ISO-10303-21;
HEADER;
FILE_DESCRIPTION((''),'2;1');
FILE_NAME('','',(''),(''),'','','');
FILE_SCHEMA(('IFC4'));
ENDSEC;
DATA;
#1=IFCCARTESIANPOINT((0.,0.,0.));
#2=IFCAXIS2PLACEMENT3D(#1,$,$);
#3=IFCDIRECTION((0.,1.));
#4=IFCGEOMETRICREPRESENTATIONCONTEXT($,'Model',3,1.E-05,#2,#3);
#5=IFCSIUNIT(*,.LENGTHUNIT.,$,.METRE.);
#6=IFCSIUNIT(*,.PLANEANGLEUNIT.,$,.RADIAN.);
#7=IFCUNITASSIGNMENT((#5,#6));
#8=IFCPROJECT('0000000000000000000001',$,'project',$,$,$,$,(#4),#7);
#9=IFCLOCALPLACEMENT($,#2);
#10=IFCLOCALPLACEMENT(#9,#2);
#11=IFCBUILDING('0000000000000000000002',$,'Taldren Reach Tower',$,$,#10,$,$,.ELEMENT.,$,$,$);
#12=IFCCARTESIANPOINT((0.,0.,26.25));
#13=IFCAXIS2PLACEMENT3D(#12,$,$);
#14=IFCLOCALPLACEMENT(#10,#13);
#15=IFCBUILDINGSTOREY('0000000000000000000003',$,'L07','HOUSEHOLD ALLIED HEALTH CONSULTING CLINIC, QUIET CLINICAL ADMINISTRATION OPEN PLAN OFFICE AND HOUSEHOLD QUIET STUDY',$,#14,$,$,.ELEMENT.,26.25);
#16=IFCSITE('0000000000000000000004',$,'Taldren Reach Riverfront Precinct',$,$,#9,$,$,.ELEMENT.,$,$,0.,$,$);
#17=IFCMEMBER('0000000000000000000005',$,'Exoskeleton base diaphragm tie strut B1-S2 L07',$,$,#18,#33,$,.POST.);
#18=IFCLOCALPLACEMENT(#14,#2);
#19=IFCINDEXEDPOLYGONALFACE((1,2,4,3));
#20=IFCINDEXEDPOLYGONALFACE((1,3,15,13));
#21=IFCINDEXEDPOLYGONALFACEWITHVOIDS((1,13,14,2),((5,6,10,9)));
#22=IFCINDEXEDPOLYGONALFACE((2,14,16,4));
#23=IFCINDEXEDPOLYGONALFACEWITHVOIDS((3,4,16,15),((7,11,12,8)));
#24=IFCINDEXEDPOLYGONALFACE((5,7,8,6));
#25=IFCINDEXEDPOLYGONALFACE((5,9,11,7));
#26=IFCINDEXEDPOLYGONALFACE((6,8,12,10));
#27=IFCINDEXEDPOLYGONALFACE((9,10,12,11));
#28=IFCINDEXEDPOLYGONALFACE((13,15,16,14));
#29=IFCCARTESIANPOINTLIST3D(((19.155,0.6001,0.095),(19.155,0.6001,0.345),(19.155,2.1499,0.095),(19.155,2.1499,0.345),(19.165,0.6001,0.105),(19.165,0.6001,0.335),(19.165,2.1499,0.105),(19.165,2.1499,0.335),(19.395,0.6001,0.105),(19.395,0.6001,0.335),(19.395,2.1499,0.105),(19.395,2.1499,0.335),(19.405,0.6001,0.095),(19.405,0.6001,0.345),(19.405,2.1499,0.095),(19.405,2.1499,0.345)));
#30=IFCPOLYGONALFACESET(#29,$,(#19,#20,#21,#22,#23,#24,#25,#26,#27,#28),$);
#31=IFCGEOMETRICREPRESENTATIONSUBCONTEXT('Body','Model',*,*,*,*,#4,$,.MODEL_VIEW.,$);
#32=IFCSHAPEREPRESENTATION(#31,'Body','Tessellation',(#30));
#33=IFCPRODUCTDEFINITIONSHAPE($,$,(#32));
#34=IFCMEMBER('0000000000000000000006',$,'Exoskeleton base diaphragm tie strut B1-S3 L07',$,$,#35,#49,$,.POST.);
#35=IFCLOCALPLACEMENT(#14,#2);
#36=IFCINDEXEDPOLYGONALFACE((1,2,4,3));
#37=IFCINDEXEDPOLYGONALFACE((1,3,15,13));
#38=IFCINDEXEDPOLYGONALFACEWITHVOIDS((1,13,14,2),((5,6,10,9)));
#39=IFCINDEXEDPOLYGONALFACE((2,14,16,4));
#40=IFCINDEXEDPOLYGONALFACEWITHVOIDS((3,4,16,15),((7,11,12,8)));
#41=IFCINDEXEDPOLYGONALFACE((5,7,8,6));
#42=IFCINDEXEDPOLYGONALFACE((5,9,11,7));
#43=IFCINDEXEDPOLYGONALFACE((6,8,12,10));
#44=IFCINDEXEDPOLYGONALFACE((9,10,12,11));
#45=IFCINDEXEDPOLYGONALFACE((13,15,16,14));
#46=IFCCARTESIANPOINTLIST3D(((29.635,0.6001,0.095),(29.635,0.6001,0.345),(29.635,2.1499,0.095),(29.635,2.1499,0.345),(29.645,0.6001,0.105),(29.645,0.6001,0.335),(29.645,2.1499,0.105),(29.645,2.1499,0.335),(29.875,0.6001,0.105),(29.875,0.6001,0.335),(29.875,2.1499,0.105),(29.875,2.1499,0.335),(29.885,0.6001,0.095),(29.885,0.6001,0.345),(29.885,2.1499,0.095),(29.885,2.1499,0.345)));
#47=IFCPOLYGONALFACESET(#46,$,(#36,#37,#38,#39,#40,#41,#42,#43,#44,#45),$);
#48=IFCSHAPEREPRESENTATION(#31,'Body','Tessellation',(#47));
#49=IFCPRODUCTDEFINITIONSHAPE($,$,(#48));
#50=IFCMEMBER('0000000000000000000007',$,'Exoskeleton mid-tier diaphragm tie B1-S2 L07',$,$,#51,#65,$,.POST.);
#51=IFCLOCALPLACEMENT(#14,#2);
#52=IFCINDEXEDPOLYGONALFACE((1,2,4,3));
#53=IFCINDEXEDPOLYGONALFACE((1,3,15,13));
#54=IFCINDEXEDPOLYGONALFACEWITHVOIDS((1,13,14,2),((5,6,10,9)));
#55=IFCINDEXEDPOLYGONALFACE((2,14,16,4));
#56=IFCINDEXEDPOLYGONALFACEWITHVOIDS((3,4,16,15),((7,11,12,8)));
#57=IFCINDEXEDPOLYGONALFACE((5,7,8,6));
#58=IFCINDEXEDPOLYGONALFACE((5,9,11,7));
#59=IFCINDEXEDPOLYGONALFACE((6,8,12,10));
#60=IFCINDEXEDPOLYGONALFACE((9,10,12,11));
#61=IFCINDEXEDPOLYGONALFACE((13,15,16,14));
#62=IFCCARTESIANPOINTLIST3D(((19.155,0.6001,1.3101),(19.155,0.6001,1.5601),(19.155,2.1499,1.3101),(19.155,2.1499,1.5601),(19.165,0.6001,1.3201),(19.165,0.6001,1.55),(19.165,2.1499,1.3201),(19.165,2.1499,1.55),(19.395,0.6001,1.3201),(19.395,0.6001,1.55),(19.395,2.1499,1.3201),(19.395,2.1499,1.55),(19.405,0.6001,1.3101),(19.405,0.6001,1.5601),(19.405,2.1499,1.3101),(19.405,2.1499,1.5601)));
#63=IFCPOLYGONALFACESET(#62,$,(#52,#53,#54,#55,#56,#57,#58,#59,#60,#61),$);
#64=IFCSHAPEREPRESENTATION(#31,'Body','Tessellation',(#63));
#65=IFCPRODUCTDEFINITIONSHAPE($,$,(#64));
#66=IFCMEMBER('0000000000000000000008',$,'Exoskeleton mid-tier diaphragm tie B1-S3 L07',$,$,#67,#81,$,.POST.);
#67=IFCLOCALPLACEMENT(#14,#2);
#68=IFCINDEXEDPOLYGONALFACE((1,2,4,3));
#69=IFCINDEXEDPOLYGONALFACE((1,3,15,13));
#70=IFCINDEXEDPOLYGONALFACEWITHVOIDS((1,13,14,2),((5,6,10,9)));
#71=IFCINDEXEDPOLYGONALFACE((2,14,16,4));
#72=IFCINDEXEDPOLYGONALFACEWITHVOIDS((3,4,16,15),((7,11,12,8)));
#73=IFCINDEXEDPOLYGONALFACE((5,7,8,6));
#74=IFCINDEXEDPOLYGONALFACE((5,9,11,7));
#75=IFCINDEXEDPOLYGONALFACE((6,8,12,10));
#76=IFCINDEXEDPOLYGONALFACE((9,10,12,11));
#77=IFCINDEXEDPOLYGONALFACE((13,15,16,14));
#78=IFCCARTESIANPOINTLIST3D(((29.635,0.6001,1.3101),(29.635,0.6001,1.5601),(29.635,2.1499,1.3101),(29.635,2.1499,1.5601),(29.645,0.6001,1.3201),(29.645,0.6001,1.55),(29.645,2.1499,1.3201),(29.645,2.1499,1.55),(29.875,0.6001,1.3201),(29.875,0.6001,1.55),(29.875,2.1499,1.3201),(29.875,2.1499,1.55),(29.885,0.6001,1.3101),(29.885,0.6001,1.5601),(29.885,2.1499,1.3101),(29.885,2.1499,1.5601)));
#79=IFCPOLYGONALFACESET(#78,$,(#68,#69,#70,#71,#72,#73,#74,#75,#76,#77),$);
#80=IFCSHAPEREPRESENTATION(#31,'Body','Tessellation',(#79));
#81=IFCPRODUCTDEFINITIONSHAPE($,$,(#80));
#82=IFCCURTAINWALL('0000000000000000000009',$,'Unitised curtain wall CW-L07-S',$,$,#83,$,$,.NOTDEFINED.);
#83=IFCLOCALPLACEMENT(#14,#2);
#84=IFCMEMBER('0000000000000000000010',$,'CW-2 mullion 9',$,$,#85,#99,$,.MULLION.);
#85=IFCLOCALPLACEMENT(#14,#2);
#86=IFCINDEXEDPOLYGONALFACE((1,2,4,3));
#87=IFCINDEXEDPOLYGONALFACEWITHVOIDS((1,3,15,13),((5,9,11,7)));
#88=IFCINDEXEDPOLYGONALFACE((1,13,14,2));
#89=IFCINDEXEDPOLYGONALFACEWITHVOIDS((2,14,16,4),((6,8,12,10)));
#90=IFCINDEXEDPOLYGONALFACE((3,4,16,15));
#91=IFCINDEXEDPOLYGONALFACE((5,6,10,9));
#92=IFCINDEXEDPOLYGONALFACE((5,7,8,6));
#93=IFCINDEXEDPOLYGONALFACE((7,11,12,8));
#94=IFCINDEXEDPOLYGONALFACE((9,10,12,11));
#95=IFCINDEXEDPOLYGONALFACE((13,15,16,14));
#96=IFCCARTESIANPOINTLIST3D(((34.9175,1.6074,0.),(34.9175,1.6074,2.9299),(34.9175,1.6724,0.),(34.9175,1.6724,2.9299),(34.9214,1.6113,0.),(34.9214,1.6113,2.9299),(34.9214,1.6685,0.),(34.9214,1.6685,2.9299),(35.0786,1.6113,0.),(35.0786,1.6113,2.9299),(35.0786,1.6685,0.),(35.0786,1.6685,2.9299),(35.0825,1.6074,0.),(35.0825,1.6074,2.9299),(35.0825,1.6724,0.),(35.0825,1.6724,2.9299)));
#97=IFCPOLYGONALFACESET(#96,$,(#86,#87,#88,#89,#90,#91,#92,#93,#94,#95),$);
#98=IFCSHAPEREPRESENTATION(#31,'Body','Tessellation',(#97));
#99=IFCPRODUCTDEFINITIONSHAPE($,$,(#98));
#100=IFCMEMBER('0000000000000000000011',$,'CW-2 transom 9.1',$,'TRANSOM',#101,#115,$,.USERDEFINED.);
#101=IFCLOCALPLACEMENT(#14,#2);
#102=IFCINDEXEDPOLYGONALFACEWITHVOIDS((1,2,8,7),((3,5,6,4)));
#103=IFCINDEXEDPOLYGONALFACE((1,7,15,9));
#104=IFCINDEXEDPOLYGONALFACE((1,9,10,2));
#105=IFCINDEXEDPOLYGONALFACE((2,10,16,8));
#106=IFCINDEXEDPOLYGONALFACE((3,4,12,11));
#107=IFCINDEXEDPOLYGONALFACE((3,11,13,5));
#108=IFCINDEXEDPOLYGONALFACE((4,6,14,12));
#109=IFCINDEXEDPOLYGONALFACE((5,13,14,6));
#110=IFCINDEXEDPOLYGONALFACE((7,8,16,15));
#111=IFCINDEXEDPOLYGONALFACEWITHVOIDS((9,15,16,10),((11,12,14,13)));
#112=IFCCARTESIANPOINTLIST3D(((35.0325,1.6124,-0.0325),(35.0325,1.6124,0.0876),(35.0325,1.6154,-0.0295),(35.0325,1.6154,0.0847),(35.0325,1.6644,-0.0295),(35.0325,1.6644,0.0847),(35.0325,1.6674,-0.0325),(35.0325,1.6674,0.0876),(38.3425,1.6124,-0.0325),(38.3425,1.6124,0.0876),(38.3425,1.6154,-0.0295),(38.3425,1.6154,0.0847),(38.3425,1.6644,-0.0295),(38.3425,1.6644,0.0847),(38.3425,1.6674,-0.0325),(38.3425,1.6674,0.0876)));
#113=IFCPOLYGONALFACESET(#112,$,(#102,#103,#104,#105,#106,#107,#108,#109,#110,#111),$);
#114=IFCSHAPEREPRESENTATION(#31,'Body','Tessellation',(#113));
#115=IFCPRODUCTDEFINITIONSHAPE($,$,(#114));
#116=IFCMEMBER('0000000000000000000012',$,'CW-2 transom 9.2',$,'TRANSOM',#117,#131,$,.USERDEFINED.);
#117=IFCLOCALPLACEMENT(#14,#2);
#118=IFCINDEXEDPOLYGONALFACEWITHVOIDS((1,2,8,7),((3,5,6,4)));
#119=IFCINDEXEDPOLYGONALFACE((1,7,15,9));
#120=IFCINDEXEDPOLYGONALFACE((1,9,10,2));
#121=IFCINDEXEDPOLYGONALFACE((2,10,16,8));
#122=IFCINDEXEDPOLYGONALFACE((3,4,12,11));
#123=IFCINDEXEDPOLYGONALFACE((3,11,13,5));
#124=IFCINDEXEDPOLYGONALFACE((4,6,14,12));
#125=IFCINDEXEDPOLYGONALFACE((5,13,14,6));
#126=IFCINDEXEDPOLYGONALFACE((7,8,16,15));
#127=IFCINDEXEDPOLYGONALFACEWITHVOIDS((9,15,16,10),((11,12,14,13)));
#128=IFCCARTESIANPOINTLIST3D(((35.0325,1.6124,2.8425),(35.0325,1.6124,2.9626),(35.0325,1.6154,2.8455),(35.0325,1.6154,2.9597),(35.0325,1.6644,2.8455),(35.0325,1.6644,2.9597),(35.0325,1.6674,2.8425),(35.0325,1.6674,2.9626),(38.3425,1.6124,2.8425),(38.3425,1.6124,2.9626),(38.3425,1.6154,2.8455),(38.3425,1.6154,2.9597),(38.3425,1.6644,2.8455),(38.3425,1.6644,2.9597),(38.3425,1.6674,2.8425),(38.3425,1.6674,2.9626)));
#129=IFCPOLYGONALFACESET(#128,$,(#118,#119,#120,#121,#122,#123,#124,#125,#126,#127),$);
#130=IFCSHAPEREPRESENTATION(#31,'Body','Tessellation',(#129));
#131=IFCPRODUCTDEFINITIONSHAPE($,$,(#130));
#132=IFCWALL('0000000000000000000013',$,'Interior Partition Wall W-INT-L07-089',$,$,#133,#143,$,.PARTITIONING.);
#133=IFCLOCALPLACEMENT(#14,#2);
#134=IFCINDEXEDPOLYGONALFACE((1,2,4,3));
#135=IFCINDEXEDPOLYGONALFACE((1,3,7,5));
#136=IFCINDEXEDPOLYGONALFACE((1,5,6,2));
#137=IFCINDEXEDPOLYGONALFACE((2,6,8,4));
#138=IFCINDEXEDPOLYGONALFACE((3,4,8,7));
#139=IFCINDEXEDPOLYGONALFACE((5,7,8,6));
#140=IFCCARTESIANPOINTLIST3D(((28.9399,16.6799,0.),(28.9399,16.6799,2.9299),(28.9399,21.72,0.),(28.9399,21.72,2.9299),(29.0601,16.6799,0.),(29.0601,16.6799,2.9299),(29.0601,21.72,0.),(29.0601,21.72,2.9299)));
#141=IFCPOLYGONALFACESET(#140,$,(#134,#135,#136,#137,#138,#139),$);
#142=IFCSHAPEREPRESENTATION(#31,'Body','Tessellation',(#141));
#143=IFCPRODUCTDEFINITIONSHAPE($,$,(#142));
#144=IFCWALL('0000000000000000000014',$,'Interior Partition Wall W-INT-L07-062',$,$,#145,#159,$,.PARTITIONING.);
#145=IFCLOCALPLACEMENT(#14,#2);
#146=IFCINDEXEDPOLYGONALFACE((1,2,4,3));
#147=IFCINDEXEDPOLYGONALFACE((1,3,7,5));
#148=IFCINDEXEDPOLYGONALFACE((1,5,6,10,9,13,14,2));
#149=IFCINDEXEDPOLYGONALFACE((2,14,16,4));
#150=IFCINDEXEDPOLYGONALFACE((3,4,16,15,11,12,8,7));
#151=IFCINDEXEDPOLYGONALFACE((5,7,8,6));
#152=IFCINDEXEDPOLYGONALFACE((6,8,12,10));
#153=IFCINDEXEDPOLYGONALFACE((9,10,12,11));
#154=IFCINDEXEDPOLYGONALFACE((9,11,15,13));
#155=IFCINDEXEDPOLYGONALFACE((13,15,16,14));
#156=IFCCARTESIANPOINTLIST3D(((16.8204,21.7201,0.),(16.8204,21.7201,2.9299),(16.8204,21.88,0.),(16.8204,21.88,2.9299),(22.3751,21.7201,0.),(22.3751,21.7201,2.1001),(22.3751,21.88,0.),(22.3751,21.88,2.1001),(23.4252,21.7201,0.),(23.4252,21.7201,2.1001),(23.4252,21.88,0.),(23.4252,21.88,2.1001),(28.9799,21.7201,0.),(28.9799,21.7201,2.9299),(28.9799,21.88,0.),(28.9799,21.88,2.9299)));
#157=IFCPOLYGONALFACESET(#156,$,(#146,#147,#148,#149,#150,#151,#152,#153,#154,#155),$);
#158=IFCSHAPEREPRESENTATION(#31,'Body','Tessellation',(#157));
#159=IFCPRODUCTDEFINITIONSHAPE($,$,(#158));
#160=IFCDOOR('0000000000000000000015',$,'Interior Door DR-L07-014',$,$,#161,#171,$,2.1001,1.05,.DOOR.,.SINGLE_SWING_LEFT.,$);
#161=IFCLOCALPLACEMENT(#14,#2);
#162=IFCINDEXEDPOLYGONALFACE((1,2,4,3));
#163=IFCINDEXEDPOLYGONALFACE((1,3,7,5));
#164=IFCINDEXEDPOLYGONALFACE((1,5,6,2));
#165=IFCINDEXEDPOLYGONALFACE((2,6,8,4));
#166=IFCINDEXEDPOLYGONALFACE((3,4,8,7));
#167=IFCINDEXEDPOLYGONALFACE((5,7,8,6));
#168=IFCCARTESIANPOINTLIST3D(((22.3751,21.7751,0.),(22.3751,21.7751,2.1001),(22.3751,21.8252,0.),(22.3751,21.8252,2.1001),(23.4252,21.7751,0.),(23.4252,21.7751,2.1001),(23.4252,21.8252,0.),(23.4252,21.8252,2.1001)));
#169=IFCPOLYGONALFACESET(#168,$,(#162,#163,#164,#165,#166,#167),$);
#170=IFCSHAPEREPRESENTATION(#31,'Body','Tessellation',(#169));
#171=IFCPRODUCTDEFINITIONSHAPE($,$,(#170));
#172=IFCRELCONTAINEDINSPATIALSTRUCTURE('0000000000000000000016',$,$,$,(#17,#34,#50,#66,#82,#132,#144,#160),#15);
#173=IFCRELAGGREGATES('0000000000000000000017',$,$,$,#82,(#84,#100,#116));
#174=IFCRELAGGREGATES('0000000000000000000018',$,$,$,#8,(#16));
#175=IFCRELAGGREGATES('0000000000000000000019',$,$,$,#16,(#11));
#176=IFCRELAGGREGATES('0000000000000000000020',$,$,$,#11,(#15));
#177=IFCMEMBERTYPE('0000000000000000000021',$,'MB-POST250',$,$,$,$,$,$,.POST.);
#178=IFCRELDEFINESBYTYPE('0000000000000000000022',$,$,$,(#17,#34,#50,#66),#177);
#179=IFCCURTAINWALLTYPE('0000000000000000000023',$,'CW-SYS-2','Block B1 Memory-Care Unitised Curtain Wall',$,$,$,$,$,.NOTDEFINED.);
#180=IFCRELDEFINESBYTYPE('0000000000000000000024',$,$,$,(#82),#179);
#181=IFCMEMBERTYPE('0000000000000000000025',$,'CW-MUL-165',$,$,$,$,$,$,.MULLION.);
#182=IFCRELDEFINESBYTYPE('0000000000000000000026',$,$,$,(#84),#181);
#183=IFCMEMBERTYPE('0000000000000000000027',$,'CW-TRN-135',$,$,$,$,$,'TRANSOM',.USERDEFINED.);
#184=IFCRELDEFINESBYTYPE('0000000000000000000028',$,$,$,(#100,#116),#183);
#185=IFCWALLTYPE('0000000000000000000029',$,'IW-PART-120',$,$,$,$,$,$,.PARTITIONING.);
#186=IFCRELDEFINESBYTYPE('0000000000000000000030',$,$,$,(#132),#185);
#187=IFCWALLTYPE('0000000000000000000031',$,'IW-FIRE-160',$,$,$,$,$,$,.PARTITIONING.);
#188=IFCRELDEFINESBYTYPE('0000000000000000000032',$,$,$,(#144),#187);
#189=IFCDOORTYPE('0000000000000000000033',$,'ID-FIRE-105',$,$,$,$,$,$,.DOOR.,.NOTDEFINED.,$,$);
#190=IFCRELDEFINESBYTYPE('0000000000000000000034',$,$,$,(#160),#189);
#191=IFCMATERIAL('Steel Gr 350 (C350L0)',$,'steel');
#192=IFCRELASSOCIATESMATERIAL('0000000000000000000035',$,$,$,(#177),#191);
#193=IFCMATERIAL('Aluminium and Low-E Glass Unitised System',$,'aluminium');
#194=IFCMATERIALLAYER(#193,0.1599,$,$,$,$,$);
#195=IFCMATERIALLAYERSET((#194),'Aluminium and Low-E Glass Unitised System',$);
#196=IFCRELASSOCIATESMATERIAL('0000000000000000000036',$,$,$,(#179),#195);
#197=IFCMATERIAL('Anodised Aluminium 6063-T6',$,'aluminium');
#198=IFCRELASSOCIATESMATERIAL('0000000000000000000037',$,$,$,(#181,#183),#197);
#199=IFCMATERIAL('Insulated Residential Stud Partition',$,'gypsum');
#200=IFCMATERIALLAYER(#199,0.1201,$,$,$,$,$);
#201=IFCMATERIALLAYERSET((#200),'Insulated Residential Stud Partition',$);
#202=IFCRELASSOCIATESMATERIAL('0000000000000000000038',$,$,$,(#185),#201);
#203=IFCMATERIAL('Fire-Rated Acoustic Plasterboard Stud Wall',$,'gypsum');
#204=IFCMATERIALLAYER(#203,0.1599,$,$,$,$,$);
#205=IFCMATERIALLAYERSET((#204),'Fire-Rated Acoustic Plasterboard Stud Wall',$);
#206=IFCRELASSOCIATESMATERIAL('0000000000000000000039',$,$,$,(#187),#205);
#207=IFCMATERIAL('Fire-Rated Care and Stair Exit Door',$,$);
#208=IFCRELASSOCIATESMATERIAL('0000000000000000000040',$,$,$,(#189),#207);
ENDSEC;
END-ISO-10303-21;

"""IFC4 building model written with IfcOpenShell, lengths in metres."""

from ifc_helpers import new_model, si_unit, direction, frame, frame_2d, origin, origin_2d, place, context, subcontext, project, spatial, rectangle, hollow_rectangle, extrude, source, transform, mapped, material, layer, layer_set, material_profile, profile_set, type_object, element, fill, aggregate, save


model = new_model("IFC4")

# Units and contexts
model_context = context("Model", 3, precision=1e-05, world=origin(), true_north=direction((0.0, 1.0)))
body_context = subcontext(model_context, "Body", "Model", "MODEL_VIEW")
ifc_project = project(units=[si_unit("LENGTHUNIT", "METRE"), si_unit("PLANEANGLEUNIT", "RADIAN")], contexts=[model_context])

# Site, building, storey
site_placement = place(None, origin())
site = spatial("IfcSite", under=ifc_project, at=site_placement, Name="Taldren Reach Riverfront Precinct", CompositionType="ELEMENT", RefElevation=0.0)
building_placement = place(site_placement, origin())
building = spatial("IfcBuilding", under=site, at=building_placement, Name="Taldren Reach Tower", CompositionType="ELEMENT")
storey_placement = place(building_placement, frame((0.0, 0.0, 26.25)))
storey = spatial("IfcBuildingStorey", under=building, at=storey_placement, Name="L07", Description="HOUSEHOLD ALLIED HEALTH CONSULTING CLINIC, QUIET CLINICAL ADMINISTRATION OPEN PLAN OFFICE AND HOUSEHOLD QUIET STUDY", CompositionType="ELEMENT", Elevation=26.25)

# Members
ifc_material_1 = material(Name="Steel Gr 350 (C350L0)", Category="steel")
ifc_material_profile_1 = material_profile(ifc_material_1, hollow_rectangle(XDim=0.25, YDim=0.25, WallThickness=0.01, at=origin_2d()), Name="250x250x10.0SHS")
ifc_profile_set_1 = profile_set([ifc_material_profile_1], Name="Steel Gr 350 (C350L0)")
member_type_1 = type_object("IfcMemberType", Name="MB-POST250", PredefinedType="POST", material=ifc_profile_set_1)
shared_shape_1 = source(origin(), body_context, "Body", "SweptSolid", [
    extrude(hollow_rectangle(XDim=0.25, YDim=0.25, WallThickness=0.01, at=origin_2d()), origin(), (0.0, 0.0, 1.0), 1.5498),
])
for number, where, z_axis, x_axis, name in (
    (1, (19.28, 2.1499, 0.22), (0.0, -1.0, 0.0), (1.0, 0.0, 0.0), "Exoskeleton base diaphragm tie strut B1-S2 L07"),
    (2, (29.76, 2.1499, 0.22), (0.0, -1.0, 0.0), (1.0, 0.0, 0.0), "Exoskeleton base diaphragm tie strut B1-S3 L07"),
    (3, (19.28, 2.1499, 1.4351), (0.0, -1.0, 0.0), (1.0, 0.0, 0.0), "Exoskeleton mid-tier diaphragm tie B1-S2 L07"),
    (4, (29.76, 2.1499, 1.4351), (0.0, -1.0, 0.0), (1.0, 0.0, 0.0), "Exoskeleton mid-tier diaphragm tie B1-S3 L07"),
):
    element("IfcMember", number, at=place(storey_placement, frame(where, z_axis=z_axis, x_axis=x_axis)), inside=storey, type_object=member_type_1, Name=name, PredefinedType="POST", context=body_context, shape_type="MappedRepresentation", body=[
        mapped(shared_shape_1, transform((0.0, 0.0, 0.0), scale=1.0)),
    ])

# Curtain wall, members
ifc_material_2 = material(Name="Aluminium and Low-E Glass Unitised System", Category="aluminium")
ifc_layer_1 = layer(ifc_material_2, 0.1599)
ifc_layer_set_1 = layer_set([ifc_layer_1], Name="Aluminium and Low-E Glass Unitised System")
curtain_wall_type = type_object("IfcCurtainWallType", Name="CW-SYS-2", Description="Block B1 Memory-Care Unitised Curtain Wall", PredefinedType="NOTDEFINED", material=ifc_layer_set_1)
curtain_wall_placement = place(storey_placement, origin())
curtain_wall = element("IfcCurtainWall", 5, at=curtain_wall_placement, inside=storey, type_object=curtain_wall_type, Name="Unitised curtain wall CW-L07-S", PredefinedType="NOTDEFINED")
ifc_material_3 = material(Name="Anodised Aluminium 6063-T6", Category="aluminium")
ifc_material_profile_2 = material_profile(ifc_material_3, hollow_rectangle(XDim=0.0649, YDim=0.165, WallThickness=0.0039, at=origin_2d()), Name="ALU-165x65x4RHS")
ifc_profile_set_2 = profile_set([ifc_material_profile_2], Name="Anodised Aluminium 6063-T6")
member_type_2 = type_object("IfcMemberType", Name="CW-MUL-165", PredefinedType="MULLION", material=ifc_profile_set_2)
shared_shape_2 = source(origin(), body_context, "Body", "SweptSolid", [
    extrude(hollow_rectangle(XDim=0.0649, YDim=0.165, WallThickness=0.0039, at=origin_2d()), origin(), (0.0, 0.0, 1.0), 2.9299),
])
member_1_placement = place(storey_placement, frame((35.0, 1.6399, 0.0), z_axis=(0.0, 0.0, 1.0), x_axis=(0.0, 1.0, 0.0)))
member_1 = element("IfcMember", 6, at=member_1_placement, type_object=member_type_2, Name="CW-2 mullion 9", PredefinedType="MULLION", context=body_context, shape_type="MappedRepresentation", body=[
    mapped(shared_shape_2, transform((0.0, 0.0, 0.0), scale=1.0)),
])
ifc_material_profile_3 = material_profile(ifc_material_3, hollow_rectangle(XDim=0.0549, YDim=0.1201, WallThickness=0.0029, at=origin_2d()), Name="ALU-120x55x3RHS")
ifc_profile_set_3 = profile_set([ifc_material_profile_3], Name="Anodised Aluminium 6063-T6")
member_type_3 = type_object("IfcMemberType", Name="CW-TRN-135", ElementType="TRANSOM", PredefinedType="USERDEFINED", material=ifc_profile_set_3)
shared_shape_3 = source(origin(), body_context, "Body", "SweptSolid", [
    extrude(hollow_rectangle(XDim=0.0549, YDim=0.1201, WallThickness=0.0029, at=origin_2d()), origin(), (0.0, 0.0, 1.0), 3.3101),
])
member_2_placement = place(storey_placement, frame((35.0325, 1.6399, 0.0276), z_axis=(1.0, 0.0, 0.0), x_axis=(0.0, 1.0, 0.0)))
member_2 = element("IfcMember", 7, at=member_2_placement, type_object=member_type_3, Name="CW-2 transom 9.1", ObjectType="TRANSOM", PredefinedType="USERDEFINED", context=body_context, shape_type="MappedRepresentation", body=[
    mapped(shared_shape_3, transform((0.0, 0.0, 0.0), scale=1.0)),
])
member_3_placement = place(storey_placement, frame((35.0325, 1.6399, 2.9026), z_axis=(1.0, 0.0, 0.0), x_axis=(0.0, 1.0, 0.0)))
member_3 = element("IfcMember", 8, at=member_3_placement, type_object=member_type_3, Name="CW-2 transom 9.2", ObjectType="TRANSOM", PredefinedType="USERDEFINED", context=body_context, shape_type="MappedRepresentation", body=[
    mapped(shared_shape_3, transform((0.0, 0.0, 0.0), scale=1.0)),
])
aggregate(curtain_wall, [member_1, member_2, member_3])

# Wall
ifc_material_4 = material(Name="Insulated Residential Stud Partition", Category="gypsum")
ifc_layer_2 = layer(ifc_material_4, 0.1201)
ifc_layer_set_2 = layer_set([ifc_layer_2], Name="Insulated Residential Stud Partition")
wall_type_1 = type_object("IfcWallType", Name="IW-PART-120", PredefinedType="PARTITIONING", material=ifc_layer_set_2)
shared_shape_4 = source(origin(), body_context, "Body", "SweptSolid", [
    extrude(rectangle(XDim=5.04, YDim=0.1201, at=frame_2d((2.52, 0.0))), origin(), (0.0, 0.0, 1.0), 2.9299),
])
wall_1_placement = place(storey_placement, frame((29.0, 21.72, 0.0), z_axis=(0.0, 0.0, 1.0), x_axis=(0.0, -1.0, 0.0)))
element("IfcWall", 9, at=wall_1_placement, inside=storey, type_object=wall_type_1, Name="Interior Partition Wall W-INT-L07-089", PredefinedType="PARTITIONING", context=body_context, shape_type="MappedRepresentation", body=[
    mapped(shared_shape_4, transform((0.0, 0.0, 0.0), scale=1.0)),
])

# Wall, opening, door
ifc_material_5 = material(Name="Fire-Rated Acoustic Plasterboard Stud Wall", Category="gypsum")
ifc_layer_3 = layer(ifc_material_5, 0.1599)
ifc_layer_set_3 = layer_set([ifc_layer_3], Name="Fire-Rated Acoustic Plasterboard Stud Wall")
wall_type_2 = type_object("IfcWallType", Name="IW-FIRE-160", PredefinedType="PARTITIONING", material=ifc_layer_set_3)
shared_shape_5 = source(origin(), body_context, "Body", "SweptSolid", [
    extrude(rectangle(XDim=12.1594, YDim=0.1599, at=frame_2d((6.0796, 0.0))), origin(), (0.0, 0.0, 1.0), 2.9299),
])
wall_2_placement = place(storey_placement, frame((28.9797, 21.8, 0.0), z_axis=(0.0, 0.0, 1.0), x_axis=(-1.0, 0.0, 0.0)))
wall_2 = element("IfcWall", 10, at=wall_2_placement, inside=storey, type_object=wall_type_2, Name="Interior Partition Wall W-INT-L07-062", PredefinedType="PARTITIONING", context=body_context, shape_type="MappedRepresentation", body=[
    mapped(shared_shape_5, transform((0.0, 0.0, 0.0), scale=1.0)),
])
shared_shape_6 = source(origin(), body_context, "Body", "SweptSolid", [
    extrude(rectangle(XDim=1.05, YDim=2.1001, at=frame_2d((0.5249, 1.05))), frame((0.0, 0.0898, 0.0), z_axis=(0.0, -1.0, 0.0), x_axis=(1.0, 0.0, 0.0)), (0.0, 0.0, 1.0), 0.1799),
])
opening_1_placement = place(wall_2_placement, frame((5.5547, 0.0, 0.0)))
opening_1 = element("IfcOpeningElement", 11, at=opening_1_placement, cuts=wall_2, PredefinedType="OPENING", context=body_context, shape_type="MappedRepresentation", body=[
    mapped(shared_shape_6, transform((0.0, 0.0, 0.0), scale=1.0)),
])
ifc_material_6 = material(Name="Fire-Rated Care and Stair Exit Door")
door_type_1 = type_object("IfcDoorType", Name="ID-FIRE-105", OperationType="NOTDEFINED", PredefinedType="DOOR", material=ifc_material_6)
shared_shape_7 = source(origin(), body_context, "Body", "SweptSolid", [
    extrude(rectangle(XDim=1.05, YDim=2.1001, at=frame_2d((0.5249, 1.05))), frame((0.0, 0.0249, 0.0), z_axis=(0.0, -1.0, 0.0), x_axis=(1.0, 0.0, 0.0)), (0.0, 0.0, 1.0), 0.05),
])
door_1_placement = place(opening_1_placement, origin())
door_1 = element("IfcDoor", 12, at=door_1_placement, inside=storey, type_object=door_type_1, Name="Interior Door DR-L07-014", OperationType="SINGLE_SWING_LEFT", OverallHeight=2.1001, OverallWidth=1.05, PredefinedType="DOOR", context=body_context, shape_type="MappedRepresentation", body=[
    mapped(shared_shape_7, transform((0.0, 0.0, 0.0), scale=1.0)),
])
fill(opening_1, door_1)

save(model, "model.ifc")
